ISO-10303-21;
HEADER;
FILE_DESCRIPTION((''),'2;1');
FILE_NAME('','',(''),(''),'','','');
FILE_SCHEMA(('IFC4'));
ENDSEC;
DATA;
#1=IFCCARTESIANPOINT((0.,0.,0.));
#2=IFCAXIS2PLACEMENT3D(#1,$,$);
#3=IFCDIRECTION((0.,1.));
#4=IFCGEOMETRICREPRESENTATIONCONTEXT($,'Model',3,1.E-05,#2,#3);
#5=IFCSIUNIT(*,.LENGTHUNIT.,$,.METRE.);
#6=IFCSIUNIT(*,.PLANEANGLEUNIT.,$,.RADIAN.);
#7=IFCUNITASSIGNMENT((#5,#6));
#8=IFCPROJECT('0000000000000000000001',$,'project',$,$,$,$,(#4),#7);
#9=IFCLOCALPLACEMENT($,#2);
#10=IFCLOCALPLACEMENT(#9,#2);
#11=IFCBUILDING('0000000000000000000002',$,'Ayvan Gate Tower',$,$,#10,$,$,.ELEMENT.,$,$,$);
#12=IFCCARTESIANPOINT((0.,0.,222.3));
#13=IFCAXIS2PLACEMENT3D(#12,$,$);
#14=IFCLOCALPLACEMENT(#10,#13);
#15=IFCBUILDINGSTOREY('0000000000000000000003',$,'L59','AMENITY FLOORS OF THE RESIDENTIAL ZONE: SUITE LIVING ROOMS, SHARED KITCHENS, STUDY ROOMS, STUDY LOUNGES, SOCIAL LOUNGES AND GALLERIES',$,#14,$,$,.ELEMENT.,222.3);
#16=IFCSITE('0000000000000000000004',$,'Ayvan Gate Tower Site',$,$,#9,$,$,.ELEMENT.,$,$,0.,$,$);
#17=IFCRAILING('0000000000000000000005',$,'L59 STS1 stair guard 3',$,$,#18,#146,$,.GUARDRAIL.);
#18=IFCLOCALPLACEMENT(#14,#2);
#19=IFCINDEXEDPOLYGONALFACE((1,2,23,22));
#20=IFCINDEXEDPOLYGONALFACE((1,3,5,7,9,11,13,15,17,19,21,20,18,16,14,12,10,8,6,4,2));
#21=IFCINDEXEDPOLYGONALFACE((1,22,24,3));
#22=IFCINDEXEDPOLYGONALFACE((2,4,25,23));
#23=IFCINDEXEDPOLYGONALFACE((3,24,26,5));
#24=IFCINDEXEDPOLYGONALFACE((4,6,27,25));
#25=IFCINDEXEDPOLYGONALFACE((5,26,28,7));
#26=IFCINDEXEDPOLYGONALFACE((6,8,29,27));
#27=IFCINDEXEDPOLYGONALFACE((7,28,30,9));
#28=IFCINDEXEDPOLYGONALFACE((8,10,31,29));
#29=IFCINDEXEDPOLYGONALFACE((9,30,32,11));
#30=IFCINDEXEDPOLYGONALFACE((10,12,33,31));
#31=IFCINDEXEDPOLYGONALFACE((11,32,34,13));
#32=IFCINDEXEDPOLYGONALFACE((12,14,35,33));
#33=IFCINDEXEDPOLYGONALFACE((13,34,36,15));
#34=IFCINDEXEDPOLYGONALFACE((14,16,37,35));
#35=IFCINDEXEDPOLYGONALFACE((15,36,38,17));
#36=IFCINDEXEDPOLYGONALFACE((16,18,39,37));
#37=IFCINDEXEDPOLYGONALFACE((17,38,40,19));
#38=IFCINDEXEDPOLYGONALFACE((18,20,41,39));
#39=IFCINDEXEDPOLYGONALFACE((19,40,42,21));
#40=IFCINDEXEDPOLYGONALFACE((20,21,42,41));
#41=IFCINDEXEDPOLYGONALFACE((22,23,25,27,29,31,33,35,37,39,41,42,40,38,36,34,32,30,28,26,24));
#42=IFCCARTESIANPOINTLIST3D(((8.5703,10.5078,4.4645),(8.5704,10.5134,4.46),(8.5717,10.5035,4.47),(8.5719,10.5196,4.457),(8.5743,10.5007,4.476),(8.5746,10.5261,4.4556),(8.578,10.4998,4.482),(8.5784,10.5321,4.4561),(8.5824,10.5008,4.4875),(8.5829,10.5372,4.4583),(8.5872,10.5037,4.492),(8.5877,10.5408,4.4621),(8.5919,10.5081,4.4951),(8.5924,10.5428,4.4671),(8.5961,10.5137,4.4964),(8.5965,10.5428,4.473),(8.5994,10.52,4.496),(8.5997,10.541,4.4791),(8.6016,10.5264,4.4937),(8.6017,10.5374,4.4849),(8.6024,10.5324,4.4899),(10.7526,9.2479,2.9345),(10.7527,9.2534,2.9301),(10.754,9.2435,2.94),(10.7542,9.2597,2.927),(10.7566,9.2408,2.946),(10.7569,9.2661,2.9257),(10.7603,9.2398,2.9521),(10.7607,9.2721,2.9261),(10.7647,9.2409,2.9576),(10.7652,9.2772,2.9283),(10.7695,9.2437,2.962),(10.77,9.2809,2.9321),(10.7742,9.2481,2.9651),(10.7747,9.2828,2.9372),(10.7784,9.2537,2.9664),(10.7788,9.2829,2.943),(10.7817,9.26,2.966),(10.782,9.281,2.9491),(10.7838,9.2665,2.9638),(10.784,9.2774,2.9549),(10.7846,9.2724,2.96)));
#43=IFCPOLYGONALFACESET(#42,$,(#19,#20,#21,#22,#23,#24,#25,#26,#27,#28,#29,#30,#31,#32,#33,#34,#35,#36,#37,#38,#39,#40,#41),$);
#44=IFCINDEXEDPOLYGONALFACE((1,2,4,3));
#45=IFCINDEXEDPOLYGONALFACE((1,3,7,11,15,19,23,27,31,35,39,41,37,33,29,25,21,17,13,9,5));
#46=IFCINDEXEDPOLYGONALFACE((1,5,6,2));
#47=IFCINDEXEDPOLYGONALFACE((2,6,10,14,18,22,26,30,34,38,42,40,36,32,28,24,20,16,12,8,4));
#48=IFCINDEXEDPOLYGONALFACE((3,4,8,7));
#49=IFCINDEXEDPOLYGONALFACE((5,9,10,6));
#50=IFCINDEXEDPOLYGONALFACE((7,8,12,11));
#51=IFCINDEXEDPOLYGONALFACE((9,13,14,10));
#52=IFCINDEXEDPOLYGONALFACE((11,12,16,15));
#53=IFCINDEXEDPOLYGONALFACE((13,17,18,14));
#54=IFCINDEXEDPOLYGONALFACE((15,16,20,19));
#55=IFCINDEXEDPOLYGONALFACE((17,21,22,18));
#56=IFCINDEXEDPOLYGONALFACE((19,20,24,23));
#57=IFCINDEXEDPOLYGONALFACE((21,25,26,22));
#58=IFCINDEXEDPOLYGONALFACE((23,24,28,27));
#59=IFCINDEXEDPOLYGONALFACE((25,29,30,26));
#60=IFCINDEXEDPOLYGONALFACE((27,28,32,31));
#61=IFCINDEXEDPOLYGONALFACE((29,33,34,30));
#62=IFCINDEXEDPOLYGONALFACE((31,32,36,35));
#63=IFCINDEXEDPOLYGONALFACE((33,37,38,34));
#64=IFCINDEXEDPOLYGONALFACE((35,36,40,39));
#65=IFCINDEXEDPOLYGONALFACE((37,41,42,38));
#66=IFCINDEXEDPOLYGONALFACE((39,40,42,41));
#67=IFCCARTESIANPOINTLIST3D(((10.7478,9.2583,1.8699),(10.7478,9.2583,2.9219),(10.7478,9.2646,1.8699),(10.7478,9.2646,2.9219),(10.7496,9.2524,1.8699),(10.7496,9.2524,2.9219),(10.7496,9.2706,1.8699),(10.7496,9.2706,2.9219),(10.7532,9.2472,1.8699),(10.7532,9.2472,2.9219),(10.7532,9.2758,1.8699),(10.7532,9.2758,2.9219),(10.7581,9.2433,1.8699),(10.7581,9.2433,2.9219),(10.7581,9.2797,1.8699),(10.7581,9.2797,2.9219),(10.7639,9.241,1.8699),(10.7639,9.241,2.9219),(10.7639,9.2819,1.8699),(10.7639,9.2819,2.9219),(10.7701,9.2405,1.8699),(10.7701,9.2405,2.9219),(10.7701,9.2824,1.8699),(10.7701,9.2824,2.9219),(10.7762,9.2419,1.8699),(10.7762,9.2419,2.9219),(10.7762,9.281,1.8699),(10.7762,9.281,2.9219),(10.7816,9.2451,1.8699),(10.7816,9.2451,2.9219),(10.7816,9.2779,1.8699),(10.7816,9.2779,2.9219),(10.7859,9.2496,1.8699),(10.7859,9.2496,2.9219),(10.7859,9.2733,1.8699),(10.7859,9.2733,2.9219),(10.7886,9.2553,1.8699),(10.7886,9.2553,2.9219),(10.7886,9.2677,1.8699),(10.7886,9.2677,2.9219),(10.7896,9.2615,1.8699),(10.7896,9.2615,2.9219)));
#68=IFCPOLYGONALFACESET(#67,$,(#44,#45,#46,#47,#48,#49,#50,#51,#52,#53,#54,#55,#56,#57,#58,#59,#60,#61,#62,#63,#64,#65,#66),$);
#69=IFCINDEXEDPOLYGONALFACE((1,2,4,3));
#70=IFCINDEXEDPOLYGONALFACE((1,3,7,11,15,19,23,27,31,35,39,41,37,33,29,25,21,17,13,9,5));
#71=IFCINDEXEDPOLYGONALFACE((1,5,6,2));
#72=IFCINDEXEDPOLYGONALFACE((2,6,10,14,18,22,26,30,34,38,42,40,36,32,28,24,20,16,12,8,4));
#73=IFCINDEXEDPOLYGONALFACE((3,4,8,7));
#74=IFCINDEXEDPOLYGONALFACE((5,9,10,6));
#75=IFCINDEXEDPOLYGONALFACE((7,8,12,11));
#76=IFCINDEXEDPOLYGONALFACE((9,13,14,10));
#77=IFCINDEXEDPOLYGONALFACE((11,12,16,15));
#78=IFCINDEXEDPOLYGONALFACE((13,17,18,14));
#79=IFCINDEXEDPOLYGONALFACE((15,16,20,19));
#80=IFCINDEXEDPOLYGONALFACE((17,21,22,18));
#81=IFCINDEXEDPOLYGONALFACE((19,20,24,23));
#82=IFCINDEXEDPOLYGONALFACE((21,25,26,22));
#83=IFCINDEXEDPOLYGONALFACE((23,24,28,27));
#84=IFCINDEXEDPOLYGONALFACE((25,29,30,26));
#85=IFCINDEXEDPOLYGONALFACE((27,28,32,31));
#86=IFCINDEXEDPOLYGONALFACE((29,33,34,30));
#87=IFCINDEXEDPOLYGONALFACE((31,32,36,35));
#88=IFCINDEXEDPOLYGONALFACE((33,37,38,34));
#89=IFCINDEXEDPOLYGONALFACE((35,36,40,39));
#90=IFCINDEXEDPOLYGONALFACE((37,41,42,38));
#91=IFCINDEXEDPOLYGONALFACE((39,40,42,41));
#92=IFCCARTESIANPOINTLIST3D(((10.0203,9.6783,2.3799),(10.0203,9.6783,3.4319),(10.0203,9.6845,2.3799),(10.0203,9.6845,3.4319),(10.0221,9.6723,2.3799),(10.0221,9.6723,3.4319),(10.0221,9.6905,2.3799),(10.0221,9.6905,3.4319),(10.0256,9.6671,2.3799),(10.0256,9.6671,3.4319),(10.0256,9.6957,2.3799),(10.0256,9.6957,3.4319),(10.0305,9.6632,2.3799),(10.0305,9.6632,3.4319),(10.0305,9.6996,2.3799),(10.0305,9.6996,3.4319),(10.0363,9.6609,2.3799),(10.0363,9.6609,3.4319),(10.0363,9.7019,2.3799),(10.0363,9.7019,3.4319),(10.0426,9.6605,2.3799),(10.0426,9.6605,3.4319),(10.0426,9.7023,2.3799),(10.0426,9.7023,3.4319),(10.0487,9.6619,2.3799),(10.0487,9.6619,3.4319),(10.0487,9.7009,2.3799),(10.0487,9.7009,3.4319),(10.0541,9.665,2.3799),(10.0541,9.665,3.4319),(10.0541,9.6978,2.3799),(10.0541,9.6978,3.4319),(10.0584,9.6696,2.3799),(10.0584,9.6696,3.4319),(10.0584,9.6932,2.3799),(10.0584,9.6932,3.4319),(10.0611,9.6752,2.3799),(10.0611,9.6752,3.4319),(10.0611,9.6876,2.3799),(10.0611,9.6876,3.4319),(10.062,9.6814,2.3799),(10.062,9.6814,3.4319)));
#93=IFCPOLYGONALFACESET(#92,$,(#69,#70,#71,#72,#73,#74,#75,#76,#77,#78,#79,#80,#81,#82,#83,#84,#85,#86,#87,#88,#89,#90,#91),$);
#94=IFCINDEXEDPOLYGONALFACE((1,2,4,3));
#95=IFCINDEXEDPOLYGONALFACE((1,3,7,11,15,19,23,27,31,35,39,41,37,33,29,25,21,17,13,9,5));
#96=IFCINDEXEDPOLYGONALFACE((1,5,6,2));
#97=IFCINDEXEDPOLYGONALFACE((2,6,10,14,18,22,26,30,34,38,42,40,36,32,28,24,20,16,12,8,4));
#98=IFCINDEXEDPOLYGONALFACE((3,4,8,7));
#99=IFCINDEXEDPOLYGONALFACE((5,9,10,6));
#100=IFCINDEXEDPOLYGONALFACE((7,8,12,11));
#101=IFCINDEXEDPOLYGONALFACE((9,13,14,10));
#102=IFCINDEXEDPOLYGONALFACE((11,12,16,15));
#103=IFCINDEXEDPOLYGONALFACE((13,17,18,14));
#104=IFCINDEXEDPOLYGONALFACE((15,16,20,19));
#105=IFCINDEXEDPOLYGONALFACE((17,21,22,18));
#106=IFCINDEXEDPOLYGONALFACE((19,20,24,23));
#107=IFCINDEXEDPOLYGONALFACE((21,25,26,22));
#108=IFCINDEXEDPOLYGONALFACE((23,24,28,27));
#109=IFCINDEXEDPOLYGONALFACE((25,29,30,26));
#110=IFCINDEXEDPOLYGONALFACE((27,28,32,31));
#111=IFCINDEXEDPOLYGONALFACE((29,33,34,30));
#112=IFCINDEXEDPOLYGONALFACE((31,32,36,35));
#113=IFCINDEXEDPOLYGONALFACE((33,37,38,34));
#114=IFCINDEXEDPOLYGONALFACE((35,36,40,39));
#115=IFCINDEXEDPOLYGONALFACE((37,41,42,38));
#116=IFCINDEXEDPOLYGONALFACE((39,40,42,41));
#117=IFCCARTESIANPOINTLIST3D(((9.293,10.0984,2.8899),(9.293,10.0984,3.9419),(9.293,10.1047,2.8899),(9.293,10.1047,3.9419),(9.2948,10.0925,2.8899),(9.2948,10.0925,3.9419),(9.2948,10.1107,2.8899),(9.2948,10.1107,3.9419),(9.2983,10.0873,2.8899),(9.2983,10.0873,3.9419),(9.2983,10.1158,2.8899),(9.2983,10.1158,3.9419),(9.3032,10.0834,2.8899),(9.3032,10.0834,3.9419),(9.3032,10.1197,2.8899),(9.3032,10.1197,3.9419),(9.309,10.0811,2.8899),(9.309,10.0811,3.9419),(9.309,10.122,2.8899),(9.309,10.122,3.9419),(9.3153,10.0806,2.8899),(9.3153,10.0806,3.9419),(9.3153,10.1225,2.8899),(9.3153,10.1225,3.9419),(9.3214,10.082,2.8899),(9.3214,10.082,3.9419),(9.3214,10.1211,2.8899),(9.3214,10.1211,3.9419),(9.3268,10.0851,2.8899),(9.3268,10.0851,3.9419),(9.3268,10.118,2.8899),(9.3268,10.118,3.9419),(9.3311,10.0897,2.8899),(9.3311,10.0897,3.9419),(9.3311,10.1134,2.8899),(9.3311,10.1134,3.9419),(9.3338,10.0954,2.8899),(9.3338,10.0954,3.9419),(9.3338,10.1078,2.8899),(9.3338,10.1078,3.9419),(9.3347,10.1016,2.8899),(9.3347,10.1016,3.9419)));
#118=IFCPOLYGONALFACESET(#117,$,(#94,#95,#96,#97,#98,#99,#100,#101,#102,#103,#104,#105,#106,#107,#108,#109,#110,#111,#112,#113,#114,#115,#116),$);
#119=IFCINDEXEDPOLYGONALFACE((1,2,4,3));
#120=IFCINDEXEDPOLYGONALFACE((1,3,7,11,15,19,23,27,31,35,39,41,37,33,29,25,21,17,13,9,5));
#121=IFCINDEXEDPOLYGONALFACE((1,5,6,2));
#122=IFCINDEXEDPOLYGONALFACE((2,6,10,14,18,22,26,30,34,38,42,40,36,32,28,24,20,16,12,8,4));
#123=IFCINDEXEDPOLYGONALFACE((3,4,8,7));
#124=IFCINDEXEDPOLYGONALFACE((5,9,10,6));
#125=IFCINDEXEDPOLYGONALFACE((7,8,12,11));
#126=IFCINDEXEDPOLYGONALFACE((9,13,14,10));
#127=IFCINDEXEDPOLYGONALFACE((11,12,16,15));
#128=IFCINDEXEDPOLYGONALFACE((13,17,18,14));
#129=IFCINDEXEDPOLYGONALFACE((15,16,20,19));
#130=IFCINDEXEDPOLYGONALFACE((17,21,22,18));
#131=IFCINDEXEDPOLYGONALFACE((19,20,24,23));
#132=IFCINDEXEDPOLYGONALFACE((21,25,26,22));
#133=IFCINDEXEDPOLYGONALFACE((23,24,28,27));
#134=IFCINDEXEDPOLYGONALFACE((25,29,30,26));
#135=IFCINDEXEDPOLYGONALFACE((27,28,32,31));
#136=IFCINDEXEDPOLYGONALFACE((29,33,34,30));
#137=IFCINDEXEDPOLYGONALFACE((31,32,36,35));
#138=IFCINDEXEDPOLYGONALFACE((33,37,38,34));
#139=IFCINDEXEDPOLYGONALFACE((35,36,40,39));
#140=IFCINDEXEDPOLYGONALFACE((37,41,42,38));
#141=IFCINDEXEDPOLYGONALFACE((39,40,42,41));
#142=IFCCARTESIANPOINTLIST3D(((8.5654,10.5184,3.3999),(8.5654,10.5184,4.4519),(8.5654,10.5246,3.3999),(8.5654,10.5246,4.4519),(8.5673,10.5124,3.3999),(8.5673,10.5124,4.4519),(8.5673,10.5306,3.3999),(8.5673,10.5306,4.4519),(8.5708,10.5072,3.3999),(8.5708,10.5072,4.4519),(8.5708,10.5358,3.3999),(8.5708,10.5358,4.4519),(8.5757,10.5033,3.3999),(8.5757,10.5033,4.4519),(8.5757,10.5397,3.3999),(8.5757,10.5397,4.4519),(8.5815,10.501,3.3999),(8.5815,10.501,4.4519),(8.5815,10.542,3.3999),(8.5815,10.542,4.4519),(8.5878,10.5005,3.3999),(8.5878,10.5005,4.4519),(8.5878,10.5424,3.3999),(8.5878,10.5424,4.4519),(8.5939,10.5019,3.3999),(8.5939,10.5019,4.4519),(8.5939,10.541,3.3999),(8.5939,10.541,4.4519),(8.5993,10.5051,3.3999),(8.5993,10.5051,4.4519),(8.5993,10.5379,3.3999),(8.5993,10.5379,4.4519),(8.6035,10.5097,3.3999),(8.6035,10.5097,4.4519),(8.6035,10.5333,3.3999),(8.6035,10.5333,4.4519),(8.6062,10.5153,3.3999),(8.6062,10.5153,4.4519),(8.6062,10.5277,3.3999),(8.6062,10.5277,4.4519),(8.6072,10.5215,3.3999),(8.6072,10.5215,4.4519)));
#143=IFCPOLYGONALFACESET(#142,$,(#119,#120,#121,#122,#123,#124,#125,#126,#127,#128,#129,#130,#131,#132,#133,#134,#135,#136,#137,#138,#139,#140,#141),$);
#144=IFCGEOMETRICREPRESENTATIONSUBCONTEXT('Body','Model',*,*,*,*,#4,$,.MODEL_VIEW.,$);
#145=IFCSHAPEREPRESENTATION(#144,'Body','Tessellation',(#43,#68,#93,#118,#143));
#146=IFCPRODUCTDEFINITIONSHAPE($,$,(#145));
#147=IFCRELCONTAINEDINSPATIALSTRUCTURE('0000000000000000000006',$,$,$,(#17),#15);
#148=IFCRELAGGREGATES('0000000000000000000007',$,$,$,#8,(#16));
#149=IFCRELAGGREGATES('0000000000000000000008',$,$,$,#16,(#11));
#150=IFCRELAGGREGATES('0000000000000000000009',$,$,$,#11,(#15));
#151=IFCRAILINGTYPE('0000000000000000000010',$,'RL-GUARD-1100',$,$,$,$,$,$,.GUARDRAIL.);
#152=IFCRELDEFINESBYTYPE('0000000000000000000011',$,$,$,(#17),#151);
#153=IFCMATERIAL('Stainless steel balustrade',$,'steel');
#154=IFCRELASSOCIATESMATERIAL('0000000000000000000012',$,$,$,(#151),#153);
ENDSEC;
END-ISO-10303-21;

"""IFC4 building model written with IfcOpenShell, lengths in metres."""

from ifc_helpers import new_model, si_unit, direction, frame, origin, origin_2d, place, context, subcontext, project, spatial, circle, extrude, material, type_object, element, save


model = new_model("IFC4")

# Units and contexts
model_context = context("Model", 3, precision=1e-05, world=origin(), true_north=direction((0.0, 1.0)))
body_context = subcontext(model_context, "Body", "Model", "MODEL_VIEW")
ifc_project = project(units=[si_unit("LENGTHUNIT", "METRE"), si_unit("PLANEANGLEUNIT", "RADIAN")], contexts=[model_context])

# Site, building, storey
site_placement = place(None, origin())
site = spatial("IfcSite", under=ifc_project, at=site_placement, Name="Ayvan Gate Tower Site", CompositionType="ELEMENT", RefElevation=0.0)
building_placement = place(site_placement, origin())
building = spatial("IfcBuilding", under=site, at=building_placement, Name="Ayvan Gate Tower", CompositionType="ELEMENT")
storey_placement = place(building_placement, frame((0.0, 0.0, 222.3)))
storey = spatial("IfcBuildingStorey", under=building, at=storey_placement, Name="L59", Description="AMENITY FLOORS OF THE RESIDENTIAL ZONE: SUITE LIVING ROOMS, SHARED KITCHENS, STUDY ROOMS, STUDY LOUNGES, SOCIAL LOUNGES AND GALLERIES", CompositionType="ELEMENT", Elevation=222.3)

# Railing
ifc_material_1 = material(Name="Stainless steel balustrade", Category="steel")
railing_type_1 = type_object("IfcRailingType", Name="RL-GUARD-1100", PredefinedType="GUARDRAIL", material=ifc_material_1)
railing_1_placement = place(storey_placement, frame((10.7686, 9.2615, 1.8699)))
element("IfcRailing", 1, at=railing_1_placement, inside=storey, type_object=railing_type_1, Name="L59 STS1 stair guard 3", PredefinedType="GUARDRAIL", context=body_context, shape_type="SweptSolid", body=[
    extrude(circle(Radius=0.0239, at=origin_2d()), frame((0.0, 0.0, 1.0762), z_axis=(-0.740261, 0.427395, 0.518986), x_axis=(-0.500005, -0.866023, 0.0)), (0.0, 0.0, 1.0), 2.948),
    extrude(circle(Radius=0.021, at=origin_2d()), origin(), (0.0, 0.0, 1.0), 1.052),
    extrude(circle(Radius=0.021, at=origin_2d()), frame((-0.7275, 0.4199, 0.51)), (0.0, 0.0, 1.0), 1.052),
    extrude(circle(Radius=0.021, at=origin_2d()), frame((-1.4548, 0.8401, 1.02)), (0.0, 0.0, 1.0), 1.052),
    extrude(circle(Radius=0.021, at=origin_2d()), frame((-2.1824, 1.26, 1.53)), (0.0, 0.0, 1.0), 1.052),
])

save(model, "model.ifc")
